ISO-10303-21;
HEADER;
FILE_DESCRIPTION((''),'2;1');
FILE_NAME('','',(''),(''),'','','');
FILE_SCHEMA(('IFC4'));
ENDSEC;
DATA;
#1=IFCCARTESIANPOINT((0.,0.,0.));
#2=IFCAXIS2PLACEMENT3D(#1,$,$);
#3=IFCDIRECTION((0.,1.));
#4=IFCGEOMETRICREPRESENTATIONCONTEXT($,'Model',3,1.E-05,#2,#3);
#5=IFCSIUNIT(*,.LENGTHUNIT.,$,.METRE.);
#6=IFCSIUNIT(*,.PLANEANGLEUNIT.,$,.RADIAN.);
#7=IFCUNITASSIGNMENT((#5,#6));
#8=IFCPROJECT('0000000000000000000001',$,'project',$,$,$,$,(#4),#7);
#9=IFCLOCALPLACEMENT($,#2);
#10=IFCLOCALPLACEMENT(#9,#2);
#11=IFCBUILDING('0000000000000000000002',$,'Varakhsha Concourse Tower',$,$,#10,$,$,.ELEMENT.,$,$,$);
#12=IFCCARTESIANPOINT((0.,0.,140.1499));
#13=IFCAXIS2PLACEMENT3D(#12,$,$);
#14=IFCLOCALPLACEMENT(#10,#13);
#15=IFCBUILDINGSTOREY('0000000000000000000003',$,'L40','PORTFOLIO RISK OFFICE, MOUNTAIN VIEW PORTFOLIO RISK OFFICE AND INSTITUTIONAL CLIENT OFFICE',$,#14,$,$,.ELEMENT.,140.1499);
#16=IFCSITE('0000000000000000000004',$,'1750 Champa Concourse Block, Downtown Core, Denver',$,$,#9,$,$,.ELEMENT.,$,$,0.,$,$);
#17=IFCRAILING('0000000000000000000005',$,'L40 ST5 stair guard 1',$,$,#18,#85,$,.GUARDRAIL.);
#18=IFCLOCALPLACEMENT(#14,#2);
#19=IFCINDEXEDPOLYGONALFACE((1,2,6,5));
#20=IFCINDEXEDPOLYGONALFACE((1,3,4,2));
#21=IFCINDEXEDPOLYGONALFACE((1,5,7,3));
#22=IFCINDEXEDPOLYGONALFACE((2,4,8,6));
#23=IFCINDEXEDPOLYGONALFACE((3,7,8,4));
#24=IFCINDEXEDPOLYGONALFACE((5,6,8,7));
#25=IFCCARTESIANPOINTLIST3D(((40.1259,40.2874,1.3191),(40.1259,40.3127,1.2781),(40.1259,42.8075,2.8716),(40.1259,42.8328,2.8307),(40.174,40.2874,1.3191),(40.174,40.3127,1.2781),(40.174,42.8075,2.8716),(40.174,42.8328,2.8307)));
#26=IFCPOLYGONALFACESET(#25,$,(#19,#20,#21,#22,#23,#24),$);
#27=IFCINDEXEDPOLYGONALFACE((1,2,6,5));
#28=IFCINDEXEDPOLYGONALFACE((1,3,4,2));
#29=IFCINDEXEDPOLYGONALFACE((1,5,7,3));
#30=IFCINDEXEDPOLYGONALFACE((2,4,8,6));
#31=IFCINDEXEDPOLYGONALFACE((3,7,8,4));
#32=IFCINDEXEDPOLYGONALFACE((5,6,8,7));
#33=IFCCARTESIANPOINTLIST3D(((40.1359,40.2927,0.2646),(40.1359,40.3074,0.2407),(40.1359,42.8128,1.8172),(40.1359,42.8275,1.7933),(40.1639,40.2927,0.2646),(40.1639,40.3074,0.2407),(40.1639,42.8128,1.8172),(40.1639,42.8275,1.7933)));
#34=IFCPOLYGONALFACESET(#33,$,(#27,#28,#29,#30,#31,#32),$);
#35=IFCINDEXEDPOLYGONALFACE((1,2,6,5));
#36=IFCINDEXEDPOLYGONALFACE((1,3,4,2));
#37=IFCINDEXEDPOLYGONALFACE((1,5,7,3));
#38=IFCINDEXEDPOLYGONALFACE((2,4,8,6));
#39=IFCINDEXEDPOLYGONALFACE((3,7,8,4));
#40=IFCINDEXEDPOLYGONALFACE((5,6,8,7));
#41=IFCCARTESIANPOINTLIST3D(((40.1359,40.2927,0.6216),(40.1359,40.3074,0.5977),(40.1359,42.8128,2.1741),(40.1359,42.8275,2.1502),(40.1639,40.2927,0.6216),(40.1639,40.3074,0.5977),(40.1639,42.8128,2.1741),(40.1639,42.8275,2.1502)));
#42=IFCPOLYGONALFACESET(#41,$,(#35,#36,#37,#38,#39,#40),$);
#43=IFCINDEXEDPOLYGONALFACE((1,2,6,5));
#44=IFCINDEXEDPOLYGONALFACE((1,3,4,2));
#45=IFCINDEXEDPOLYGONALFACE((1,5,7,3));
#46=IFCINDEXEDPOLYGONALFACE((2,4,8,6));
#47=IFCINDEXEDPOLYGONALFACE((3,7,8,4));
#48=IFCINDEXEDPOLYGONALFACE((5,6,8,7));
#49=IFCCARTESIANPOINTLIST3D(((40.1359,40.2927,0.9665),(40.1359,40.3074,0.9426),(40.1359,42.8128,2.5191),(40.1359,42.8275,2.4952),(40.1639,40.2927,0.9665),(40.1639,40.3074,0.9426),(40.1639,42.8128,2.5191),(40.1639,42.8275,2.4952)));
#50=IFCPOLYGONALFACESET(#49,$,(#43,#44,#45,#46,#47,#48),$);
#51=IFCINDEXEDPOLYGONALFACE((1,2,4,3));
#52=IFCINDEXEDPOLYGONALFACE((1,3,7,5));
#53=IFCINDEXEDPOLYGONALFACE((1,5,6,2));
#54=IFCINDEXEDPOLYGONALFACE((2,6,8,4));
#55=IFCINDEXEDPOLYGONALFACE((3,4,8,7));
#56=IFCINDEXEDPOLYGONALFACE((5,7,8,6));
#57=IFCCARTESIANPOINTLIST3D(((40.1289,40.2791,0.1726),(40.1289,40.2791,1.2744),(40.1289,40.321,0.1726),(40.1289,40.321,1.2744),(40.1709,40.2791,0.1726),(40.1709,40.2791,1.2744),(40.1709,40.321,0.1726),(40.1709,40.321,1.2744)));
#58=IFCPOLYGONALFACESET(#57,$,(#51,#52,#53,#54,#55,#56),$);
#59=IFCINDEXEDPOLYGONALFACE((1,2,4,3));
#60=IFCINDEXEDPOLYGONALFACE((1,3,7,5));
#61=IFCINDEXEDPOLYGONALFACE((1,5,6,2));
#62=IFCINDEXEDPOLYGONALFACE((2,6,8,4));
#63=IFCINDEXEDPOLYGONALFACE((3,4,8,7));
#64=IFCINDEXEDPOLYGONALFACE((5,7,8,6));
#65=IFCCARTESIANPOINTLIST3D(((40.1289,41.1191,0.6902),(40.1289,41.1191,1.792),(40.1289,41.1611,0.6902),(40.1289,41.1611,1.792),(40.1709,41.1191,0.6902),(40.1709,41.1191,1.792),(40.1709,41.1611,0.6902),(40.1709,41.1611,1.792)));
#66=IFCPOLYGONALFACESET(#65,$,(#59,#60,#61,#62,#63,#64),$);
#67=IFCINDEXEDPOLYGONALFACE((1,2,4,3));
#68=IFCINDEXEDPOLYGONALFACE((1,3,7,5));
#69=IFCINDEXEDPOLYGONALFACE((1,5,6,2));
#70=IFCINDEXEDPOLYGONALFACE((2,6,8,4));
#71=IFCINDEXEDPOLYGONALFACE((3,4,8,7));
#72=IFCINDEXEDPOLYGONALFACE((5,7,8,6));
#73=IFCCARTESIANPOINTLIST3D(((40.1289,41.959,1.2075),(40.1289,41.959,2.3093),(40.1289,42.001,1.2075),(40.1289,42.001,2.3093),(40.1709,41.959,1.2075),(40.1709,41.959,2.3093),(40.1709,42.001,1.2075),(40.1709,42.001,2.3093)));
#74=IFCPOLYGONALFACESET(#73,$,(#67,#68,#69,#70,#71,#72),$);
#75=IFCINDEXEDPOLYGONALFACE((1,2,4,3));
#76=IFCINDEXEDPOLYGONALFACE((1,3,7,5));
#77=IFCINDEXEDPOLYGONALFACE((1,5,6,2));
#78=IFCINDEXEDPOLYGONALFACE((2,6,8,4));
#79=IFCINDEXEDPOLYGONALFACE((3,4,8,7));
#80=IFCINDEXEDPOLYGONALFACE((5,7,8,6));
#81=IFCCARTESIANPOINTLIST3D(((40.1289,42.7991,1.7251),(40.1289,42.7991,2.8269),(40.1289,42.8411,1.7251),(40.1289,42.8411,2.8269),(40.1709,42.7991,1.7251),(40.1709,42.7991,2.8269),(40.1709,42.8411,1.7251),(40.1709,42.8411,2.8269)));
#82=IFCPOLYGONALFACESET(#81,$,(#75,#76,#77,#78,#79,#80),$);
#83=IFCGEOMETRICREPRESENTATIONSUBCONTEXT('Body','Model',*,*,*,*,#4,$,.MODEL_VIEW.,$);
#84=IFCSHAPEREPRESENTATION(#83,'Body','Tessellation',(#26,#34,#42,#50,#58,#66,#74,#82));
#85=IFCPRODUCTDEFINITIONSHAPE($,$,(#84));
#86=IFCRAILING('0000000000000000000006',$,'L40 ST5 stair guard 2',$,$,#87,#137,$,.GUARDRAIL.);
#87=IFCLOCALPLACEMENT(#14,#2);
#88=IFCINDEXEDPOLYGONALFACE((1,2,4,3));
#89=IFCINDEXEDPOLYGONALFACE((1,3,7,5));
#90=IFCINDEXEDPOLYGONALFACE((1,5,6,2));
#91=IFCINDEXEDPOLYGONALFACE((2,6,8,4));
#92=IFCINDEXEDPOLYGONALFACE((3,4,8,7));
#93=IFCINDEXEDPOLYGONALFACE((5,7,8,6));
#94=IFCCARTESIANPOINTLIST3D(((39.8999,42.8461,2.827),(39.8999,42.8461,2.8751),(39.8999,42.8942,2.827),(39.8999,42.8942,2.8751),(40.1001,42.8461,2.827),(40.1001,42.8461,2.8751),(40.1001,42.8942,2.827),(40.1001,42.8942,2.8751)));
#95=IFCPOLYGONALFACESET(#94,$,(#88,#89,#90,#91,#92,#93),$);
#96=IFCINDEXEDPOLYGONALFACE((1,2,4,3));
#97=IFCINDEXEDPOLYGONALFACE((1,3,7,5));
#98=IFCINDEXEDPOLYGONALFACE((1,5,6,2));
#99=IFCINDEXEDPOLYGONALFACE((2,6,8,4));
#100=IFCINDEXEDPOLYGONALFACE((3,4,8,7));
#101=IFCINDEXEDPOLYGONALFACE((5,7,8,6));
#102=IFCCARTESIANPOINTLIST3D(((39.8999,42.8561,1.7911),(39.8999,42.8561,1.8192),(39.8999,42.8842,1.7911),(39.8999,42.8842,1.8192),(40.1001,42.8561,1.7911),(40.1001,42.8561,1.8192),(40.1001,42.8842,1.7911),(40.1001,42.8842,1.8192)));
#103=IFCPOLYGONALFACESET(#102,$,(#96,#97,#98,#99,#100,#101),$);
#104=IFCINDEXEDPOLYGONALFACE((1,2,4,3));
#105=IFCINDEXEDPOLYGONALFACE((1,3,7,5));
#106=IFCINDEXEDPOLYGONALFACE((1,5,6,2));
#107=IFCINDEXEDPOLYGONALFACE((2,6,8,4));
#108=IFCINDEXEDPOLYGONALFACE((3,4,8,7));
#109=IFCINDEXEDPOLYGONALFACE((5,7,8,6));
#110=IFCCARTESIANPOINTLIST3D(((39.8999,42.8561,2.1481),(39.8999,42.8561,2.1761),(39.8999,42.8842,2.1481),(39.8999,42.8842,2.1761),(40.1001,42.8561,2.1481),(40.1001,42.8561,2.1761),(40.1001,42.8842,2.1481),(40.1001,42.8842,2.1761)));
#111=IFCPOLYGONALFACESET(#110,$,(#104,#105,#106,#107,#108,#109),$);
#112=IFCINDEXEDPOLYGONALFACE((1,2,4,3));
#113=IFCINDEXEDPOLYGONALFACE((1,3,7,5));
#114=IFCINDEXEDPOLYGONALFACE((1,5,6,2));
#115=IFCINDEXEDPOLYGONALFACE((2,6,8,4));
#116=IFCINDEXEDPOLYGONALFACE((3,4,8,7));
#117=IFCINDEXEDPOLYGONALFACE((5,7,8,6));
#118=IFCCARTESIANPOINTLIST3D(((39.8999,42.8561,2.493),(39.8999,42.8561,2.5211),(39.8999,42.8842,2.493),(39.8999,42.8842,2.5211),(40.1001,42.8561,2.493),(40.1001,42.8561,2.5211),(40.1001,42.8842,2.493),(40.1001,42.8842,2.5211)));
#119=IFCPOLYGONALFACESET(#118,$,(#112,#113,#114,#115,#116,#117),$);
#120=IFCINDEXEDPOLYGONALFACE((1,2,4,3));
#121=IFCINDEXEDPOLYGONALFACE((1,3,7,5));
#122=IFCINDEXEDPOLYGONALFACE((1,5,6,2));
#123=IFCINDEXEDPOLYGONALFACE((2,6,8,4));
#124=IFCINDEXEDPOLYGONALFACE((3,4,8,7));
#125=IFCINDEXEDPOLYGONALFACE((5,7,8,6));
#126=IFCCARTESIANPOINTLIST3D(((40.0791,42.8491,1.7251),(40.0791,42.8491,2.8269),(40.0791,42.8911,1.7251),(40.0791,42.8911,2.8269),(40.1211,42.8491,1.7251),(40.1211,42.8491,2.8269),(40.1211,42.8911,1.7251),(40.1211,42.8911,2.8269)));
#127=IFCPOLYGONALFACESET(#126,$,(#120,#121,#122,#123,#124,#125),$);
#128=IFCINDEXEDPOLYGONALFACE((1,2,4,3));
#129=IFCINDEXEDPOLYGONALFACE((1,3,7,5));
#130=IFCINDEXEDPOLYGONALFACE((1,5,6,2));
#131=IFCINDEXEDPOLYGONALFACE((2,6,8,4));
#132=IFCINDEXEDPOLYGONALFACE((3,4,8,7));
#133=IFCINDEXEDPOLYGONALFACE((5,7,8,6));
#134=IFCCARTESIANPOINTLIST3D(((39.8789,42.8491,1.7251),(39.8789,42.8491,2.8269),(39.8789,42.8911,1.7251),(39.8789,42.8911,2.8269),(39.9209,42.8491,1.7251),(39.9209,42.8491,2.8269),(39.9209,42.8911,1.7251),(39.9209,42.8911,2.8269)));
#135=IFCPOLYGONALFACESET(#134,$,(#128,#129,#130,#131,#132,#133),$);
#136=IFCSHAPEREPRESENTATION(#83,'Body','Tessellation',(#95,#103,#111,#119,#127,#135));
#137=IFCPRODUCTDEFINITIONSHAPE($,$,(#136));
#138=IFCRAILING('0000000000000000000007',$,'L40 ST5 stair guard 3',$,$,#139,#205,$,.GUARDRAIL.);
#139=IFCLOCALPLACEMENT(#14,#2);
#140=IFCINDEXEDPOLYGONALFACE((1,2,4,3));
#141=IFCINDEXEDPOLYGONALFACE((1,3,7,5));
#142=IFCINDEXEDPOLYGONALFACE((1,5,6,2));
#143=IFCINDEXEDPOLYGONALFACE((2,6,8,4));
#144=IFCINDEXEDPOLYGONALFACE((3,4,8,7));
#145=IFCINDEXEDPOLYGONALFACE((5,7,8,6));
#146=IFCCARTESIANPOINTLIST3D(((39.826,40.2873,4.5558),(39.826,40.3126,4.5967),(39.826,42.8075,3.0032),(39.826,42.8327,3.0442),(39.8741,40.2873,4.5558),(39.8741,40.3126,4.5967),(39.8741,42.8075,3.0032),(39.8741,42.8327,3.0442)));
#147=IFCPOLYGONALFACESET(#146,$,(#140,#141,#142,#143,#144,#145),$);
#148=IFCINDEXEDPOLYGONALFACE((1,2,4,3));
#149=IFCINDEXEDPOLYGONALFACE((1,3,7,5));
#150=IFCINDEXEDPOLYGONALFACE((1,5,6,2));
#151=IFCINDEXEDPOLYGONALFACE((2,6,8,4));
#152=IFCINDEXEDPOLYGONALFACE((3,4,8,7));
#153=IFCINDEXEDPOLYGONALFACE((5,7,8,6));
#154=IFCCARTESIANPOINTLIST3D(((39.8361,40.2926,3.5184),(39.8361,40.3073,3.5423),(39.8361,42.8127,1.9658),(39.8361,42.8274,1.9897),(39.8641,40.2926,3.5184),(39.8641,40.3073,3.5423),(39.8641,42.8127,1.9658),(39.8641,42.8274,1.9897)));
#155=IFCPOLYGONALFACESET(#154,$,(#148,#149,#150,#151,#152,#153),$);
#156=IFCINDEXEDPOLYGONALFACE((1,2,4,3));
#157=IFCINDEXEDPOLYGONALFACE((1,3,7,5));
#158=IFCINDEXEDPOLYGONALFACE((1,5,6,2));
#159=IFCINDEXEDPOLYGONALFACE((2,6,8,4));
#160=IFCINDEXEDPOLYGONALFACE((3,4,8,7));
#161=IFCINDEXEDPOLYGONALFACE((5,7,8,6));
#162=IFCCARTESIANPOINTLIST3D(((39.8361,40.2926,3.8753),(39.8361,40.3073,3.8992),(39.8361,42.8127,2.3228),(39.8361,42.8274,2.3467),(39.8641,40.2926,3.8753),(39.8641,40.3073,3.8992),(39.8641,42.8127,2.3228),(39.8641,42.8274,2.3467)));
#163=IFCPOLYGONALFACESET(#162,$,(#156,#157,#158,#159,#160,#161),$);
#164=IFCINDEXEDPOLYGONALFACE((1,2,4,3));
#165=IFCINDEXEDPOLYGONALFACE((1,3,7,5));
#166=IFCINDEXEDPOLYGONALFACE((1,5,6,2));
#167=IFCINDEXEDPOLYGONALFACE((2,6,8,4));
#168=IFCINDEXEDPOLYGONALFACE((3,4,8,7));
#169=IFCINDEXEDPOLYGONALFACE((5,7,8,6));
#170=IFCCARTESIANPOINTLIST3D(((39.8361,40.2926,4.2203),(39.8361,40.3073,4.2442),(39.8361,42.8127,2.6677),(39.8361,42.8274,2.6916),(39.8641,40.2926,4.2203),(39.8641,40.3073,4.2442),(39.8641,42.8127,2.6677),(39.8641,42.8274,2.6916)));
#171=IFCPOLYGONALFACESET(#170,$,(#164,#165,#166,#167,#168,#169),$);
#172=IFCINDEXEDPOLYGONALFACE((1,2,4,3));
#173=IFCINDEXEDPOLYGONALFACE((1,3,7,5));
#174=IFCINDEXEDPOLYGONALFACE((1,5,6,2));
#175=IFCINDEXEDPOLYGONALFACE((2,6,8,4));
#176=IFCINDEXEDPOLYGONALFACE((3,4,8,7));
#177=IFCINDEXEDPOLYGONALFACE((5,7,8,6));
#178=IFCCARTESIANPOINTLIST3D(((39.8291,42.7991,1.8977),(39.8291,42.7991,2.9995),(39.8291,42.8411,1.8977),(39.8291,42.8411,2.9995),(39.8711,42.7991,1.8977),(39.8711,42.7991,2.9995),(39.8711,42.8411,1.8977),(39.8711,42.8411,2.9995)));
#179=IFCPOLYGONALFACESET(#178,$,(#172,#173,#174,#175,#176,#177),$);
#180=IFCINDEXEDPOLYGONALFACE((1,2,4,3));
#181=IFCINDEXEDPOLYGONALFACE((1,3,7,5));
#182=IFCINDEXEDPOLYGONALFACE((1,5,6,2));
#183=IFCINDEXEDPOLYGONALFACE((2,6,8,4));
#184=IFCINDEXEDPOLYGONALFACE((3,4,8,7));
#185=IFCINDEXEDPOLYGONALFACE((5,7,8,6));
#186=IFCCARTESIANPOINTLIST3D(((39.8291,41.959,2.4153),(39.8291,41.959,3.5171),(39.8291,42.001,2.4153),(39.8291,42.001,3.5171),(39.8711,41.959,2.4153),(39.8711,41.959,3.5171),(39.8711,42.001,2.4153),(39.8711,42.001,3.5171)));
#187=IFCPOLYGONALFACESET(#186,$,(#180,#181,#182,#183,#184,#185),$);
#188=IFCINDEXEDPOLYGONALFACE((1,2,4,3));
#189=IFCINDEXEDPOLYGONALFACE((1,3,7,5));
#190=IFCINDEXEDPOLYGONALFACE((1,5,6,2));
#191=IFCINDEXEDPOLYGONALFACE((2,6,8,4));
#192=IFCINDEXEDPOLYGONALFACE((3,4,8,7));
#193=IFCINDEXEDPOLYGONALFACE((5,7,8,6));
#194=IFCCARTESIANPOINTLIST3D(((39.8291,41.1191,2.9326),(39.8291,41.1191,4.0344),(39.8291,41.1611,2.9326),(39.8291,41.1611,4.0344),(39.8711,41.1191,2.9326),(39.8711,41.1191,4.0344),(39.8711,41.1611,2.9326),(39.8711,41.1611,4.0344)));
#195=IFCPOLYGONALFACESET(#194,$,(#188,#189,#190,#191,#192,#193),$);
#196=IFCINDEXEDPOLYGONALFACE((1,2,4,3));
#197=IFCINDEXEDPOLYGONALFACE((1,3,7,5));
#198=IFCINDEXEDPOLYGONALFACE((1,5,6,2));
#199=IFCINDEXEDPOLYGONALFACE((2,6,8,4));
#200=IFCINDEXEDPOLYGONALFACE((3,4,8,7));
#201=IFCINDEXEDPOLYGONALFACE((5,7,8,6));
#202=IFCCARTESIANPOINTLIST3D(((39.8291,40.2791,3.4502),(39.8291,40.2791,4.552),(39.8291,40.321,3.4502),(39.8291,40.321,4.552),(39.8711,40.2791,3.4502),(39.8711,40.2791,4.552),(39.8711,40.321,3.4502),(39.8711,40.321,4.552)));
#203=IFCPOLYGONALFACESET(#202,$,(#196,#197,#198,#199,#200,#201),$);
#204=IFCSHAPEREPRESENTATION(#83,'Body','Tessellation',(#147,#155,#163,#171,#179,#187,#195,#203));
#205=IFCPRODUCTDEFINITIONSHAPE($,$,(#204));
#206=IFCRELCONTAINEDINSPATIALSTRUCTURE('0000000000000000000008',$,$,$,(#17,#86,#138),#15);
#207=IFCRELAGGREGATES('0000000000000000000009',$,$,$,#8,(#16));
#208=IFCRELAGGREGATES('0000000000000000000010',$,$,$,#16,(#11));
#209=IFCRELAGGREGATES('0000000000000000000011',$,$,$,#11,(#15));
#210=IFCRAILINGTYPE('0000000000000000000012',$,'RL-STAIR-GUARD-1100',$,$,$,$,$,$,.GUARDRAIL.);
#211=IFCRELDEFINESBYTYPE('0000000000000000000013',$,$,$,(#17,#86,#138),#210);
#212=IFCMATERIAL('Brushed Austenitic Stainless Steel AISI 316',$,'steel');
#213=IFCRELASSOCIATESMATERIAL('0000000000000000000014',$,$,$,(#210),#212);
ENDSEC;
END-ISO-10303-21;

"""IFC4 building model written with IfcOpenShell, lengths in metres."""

from ifc_helpers import new_model, si_unit, direction, frame, origin, origin_2d, place, context, subcontext, project, spatial, rectangle, extrude, material, type_object, element, save


model = new_model("IFC4")

# Units and contexts
model_context = context("Model", 3, precision=1e-05, world=origin(), true_north=direction((0.0, 1.0)))
body_context = subcontext(model_context, "Body", "Model", "MODEL_VIEW")
ifc_project = project(units=[si_unit("LENGTHUNIT", "METRE"), si_unit("PLANEANGLEUNIT", "RADIAN")], contexts=[model_context])

# Site, building, storey
site_placement = place(None, origin())
site = spatial("IfcSite", under=ifc_project, at=site_placement, Name="1750 Champa Concourse Block, Downtown Core, Denver", CompositionType="ELEMENT", RefElevation=0.0)
building_placement = place(site_placement, origin())
building = spatial("IfcBuilding", under=site, at=building_placement, Name="Varakhsha Concourse Tower", CompositionType="ELEMENT")
storey_placement = place(building_placement, frame((0.0, 0.0, 140.1499)))
storey = spatial("IfcBuildingStorey", under=building, at=storey_placement, Name="L40", Description="PORTFOLIO RISK OFFICE, MOUNTAIN VIEW PORTFOLIO RISK OFFICE AND INSTITUTIONAL CLIENT OFFICE", CompositionType="ELEMENT", Elevation=140.1499)

# Railings
ifc_material_1 = material(Name="Brushed Austenitic Stainless Steel AISI 316", Category="steel")
railing_type_1 = type_object("IfcRailingType", Name="RL-STAIR-GUARD-1100", PredefinedType="GUARDRAIL", material=ifc_material_1)
railing_1_placement = place(storey_placement, frame((40.1499, 40.3, 0.1726)))
element("IfcRailing", 1, at=railing_1_placement, inside=storey, type_object=railing_type_1, Name="L40 ST5 stair guard 1", PredefinedType="GUARDRAIL", context=body_context, shape_type="SweptSolid", body=[
    extrude(rectangle(XDim=0.0481, YDim=0.0481, at=origin_2d()), frame((0.0, 0.0, 1.126), z_axis=(0.0, 0.8514, 0.524516), x_axis=(-1.0, 0.0, 0.0)), (0.0, 0.0, 1.0), 2.96),
    extrude(rectangle(XDim=0.0281, YDim=0.0281, at=origin_2d()), frame((0.0, 0.0, 0.0801), z_axis=(0.0, 0.8514, 0.524516), x_axis=(-1.0, 0.0, 0.0)), (0.0, 0.0, 1.0), 2.96),
    extrude(rectangle(XDim=0.0281, YDim=0.0281, at=origin_2d()), frame((0.0, 0.0, 0.437), z_axis=(0.0, 0.8514, 0.524516), x_axis=(-1.0, 0.0, 0.0)), (0.0, 0.0, 1.0), 2.96),
    extrude(rectangle(XDim=0.0281, YDim=0.0281, at=origin_2d()), frame((0.0, 0.0, 0.782), z_axis=(0.0, 0.8514, 0.524516), x_axis=(-1.0, 0.0, 0.0)), (0.0, 0.0, 1.0), 2.96),
    extrude(rectangle(XDim=0.042, YDim=0.042, at=origin_2d()), origin(), (0.0, 0.0, 1.0), 1.1018),
    extrude(rectangle(XDim=0.042, YDim=0.042, at=origin_2d()), frame((0.0, 0.8401, 0.5176)), (0.0, 0.0, 1.0), 1.1018),
    extrude(rectangle(XDim=0.042, YDim=0.042, at=origin_2d()), frame((0.0, 1.6799, 1.0349)), (0.0, 0.0, 1.0), 1.1018),
    extrude(rectangle(XDim=0.042, YDim=0.042, at=origin_2d()), frame((0.0, 2.52, 1.5525)), (0.0, 0.0, 1.0), 1.1018),
])
railing_2_placement = place(storey_placement, frame((40.1001, 42.8701, 1.7251)))
element("IfcRailing", 2, at=railing_2_placement, inside=storey, type_object=railing_type_1, Name="L40 ST5 stair guard 2", PredefinedType="GUARDRAIL", context=body_context, shape_type="SweptSolid", body=[
    extrude(rectangle(XDim=0.0481, YDim=0.0481, at=origin_2d()), frame((0.0, 0.0, 1.126), z_axis=(-1.0, 0.0, 0.0), x_axis=(0.0, -1.0, 0.0)), (0.0, 0.0, 1.0), 0.2002),
    extrude(rectangle(XDim=0.0281, YDim=0.0281, at=origin_2d()), frame((0.0, 0.0, 0.0801), z_axis=(-1.0, 0.0, 0.0), x_axis=(0.0, -1.0, 0.0)), (0.0, 0.0, 1.0), 0.2002),
    extrude(rectangle(XDim=0.0281, YDim=0.0281, at=origin_2d()), frame((0.0, 0.0, 0.437), z_axis=(-1.0, 0.0, 0.0), x_axis=(0.0, -1.0, 0.0)), (0.0, 0.0, 1.0), 0.2002),
    extrude(rectangle(XDim=0.0281, YDim=0.0281, at=origin_2d()), frame((0.0, 0.0, 0.782), z_axis=(-1.0, 0.0, 0.0), x_axis=(0.0, -1.0, 0.0)), (0.0, 0.0, 1.0), 0.2002),
    extrude(rectangle(XDim=0.042, YDim=0.042, at=origin_2d()), origin(), (0.0, 0.0, 1.0), 1.1018),
    extrude(rectangle(XDim=0.042, YDim=0.042, at=origin_2d()), frame((-0.2002, 0.0, 0.0)), (0.0, 0.0, 1.0), 1.1018),
])
railing_3_placement = place(storey_placement, frame((39.8501, 42.8201, 1.8977)))
element("IfcRailing", 3, at=railing_3_placement, inside=storey, type_object=railing_type_1, Name="L40 ST5 stair guard 3", PredefinedType="GUARDRAIL", context=body_context, shape_type="SweptSolid", body=[
    extrude(rectangle(XDim=0.0481, YDim=0.0481, at=origin_2d()), frame((0.0, 0.0, 1.126), z_axis=(0.0, -0.8514, 0.524516), x_axis=(1.0, 0.0, 0.0)), (0.0, 0.0, 1.0), 2.96),
    extrude(rectangle(XDim=0.0281, YDim=0.0281, at=origin_2d()), frame((0.0, 0.0, 0.0801), z_axis=(0.0, -0.8514, 0.524516), x_axis=(1.0, 0.0, 0.0)), (0.0, 0.0, 1.0), 2.96),
    extrude(rectangle(XDim=0.0281, YDim=0.0281, at=origin_2d()), frame((0.0, 0.0, 0.437), z_axis=(0.0, -0.8514, 0.524516), x_axis=(1.0, 0.0, 0.0)), (0.0, 0.0, 1.0), 2.96),
    extrude(rectangle(XDim=0.0281, YDim=0.0281, at=origin_2d()), frame((0.0, 0.0, 0.782), z_axis=(0.0, -0.8514, 0.524516), x_axis=(1.0, 0.0, 0.0)), (0.0, 0.0, 1.0), 2.96),
    extrude(rectangle(XDim=0.042, YDim=0.042, at=origin_2d()), origin(), (0.0, 0.0, 1.0), 1.1018),
    extrude(rectangle(XDim=0.042, YDim=0.042, at=origin_2d()), frame((0.0, -0.8401, 0.5176)), (0.0, 0.0, 1.0), 1.1018),
    extrude(rectangle(XDim=0.042, YDim=0.042, at=origin_2d()), frame((0.0, -1.6799, 1.0349)), (0.0, 0.0, 1.0), 1.1018),
    extrude(rectangle(XDim=0.042, YDim=0.042, at=origin_2d()), frame((0.0, -2.52, 1.5525)), (0.0, 0.0, 1.0), 1.1018),
])

save(model, "model.ifc")
